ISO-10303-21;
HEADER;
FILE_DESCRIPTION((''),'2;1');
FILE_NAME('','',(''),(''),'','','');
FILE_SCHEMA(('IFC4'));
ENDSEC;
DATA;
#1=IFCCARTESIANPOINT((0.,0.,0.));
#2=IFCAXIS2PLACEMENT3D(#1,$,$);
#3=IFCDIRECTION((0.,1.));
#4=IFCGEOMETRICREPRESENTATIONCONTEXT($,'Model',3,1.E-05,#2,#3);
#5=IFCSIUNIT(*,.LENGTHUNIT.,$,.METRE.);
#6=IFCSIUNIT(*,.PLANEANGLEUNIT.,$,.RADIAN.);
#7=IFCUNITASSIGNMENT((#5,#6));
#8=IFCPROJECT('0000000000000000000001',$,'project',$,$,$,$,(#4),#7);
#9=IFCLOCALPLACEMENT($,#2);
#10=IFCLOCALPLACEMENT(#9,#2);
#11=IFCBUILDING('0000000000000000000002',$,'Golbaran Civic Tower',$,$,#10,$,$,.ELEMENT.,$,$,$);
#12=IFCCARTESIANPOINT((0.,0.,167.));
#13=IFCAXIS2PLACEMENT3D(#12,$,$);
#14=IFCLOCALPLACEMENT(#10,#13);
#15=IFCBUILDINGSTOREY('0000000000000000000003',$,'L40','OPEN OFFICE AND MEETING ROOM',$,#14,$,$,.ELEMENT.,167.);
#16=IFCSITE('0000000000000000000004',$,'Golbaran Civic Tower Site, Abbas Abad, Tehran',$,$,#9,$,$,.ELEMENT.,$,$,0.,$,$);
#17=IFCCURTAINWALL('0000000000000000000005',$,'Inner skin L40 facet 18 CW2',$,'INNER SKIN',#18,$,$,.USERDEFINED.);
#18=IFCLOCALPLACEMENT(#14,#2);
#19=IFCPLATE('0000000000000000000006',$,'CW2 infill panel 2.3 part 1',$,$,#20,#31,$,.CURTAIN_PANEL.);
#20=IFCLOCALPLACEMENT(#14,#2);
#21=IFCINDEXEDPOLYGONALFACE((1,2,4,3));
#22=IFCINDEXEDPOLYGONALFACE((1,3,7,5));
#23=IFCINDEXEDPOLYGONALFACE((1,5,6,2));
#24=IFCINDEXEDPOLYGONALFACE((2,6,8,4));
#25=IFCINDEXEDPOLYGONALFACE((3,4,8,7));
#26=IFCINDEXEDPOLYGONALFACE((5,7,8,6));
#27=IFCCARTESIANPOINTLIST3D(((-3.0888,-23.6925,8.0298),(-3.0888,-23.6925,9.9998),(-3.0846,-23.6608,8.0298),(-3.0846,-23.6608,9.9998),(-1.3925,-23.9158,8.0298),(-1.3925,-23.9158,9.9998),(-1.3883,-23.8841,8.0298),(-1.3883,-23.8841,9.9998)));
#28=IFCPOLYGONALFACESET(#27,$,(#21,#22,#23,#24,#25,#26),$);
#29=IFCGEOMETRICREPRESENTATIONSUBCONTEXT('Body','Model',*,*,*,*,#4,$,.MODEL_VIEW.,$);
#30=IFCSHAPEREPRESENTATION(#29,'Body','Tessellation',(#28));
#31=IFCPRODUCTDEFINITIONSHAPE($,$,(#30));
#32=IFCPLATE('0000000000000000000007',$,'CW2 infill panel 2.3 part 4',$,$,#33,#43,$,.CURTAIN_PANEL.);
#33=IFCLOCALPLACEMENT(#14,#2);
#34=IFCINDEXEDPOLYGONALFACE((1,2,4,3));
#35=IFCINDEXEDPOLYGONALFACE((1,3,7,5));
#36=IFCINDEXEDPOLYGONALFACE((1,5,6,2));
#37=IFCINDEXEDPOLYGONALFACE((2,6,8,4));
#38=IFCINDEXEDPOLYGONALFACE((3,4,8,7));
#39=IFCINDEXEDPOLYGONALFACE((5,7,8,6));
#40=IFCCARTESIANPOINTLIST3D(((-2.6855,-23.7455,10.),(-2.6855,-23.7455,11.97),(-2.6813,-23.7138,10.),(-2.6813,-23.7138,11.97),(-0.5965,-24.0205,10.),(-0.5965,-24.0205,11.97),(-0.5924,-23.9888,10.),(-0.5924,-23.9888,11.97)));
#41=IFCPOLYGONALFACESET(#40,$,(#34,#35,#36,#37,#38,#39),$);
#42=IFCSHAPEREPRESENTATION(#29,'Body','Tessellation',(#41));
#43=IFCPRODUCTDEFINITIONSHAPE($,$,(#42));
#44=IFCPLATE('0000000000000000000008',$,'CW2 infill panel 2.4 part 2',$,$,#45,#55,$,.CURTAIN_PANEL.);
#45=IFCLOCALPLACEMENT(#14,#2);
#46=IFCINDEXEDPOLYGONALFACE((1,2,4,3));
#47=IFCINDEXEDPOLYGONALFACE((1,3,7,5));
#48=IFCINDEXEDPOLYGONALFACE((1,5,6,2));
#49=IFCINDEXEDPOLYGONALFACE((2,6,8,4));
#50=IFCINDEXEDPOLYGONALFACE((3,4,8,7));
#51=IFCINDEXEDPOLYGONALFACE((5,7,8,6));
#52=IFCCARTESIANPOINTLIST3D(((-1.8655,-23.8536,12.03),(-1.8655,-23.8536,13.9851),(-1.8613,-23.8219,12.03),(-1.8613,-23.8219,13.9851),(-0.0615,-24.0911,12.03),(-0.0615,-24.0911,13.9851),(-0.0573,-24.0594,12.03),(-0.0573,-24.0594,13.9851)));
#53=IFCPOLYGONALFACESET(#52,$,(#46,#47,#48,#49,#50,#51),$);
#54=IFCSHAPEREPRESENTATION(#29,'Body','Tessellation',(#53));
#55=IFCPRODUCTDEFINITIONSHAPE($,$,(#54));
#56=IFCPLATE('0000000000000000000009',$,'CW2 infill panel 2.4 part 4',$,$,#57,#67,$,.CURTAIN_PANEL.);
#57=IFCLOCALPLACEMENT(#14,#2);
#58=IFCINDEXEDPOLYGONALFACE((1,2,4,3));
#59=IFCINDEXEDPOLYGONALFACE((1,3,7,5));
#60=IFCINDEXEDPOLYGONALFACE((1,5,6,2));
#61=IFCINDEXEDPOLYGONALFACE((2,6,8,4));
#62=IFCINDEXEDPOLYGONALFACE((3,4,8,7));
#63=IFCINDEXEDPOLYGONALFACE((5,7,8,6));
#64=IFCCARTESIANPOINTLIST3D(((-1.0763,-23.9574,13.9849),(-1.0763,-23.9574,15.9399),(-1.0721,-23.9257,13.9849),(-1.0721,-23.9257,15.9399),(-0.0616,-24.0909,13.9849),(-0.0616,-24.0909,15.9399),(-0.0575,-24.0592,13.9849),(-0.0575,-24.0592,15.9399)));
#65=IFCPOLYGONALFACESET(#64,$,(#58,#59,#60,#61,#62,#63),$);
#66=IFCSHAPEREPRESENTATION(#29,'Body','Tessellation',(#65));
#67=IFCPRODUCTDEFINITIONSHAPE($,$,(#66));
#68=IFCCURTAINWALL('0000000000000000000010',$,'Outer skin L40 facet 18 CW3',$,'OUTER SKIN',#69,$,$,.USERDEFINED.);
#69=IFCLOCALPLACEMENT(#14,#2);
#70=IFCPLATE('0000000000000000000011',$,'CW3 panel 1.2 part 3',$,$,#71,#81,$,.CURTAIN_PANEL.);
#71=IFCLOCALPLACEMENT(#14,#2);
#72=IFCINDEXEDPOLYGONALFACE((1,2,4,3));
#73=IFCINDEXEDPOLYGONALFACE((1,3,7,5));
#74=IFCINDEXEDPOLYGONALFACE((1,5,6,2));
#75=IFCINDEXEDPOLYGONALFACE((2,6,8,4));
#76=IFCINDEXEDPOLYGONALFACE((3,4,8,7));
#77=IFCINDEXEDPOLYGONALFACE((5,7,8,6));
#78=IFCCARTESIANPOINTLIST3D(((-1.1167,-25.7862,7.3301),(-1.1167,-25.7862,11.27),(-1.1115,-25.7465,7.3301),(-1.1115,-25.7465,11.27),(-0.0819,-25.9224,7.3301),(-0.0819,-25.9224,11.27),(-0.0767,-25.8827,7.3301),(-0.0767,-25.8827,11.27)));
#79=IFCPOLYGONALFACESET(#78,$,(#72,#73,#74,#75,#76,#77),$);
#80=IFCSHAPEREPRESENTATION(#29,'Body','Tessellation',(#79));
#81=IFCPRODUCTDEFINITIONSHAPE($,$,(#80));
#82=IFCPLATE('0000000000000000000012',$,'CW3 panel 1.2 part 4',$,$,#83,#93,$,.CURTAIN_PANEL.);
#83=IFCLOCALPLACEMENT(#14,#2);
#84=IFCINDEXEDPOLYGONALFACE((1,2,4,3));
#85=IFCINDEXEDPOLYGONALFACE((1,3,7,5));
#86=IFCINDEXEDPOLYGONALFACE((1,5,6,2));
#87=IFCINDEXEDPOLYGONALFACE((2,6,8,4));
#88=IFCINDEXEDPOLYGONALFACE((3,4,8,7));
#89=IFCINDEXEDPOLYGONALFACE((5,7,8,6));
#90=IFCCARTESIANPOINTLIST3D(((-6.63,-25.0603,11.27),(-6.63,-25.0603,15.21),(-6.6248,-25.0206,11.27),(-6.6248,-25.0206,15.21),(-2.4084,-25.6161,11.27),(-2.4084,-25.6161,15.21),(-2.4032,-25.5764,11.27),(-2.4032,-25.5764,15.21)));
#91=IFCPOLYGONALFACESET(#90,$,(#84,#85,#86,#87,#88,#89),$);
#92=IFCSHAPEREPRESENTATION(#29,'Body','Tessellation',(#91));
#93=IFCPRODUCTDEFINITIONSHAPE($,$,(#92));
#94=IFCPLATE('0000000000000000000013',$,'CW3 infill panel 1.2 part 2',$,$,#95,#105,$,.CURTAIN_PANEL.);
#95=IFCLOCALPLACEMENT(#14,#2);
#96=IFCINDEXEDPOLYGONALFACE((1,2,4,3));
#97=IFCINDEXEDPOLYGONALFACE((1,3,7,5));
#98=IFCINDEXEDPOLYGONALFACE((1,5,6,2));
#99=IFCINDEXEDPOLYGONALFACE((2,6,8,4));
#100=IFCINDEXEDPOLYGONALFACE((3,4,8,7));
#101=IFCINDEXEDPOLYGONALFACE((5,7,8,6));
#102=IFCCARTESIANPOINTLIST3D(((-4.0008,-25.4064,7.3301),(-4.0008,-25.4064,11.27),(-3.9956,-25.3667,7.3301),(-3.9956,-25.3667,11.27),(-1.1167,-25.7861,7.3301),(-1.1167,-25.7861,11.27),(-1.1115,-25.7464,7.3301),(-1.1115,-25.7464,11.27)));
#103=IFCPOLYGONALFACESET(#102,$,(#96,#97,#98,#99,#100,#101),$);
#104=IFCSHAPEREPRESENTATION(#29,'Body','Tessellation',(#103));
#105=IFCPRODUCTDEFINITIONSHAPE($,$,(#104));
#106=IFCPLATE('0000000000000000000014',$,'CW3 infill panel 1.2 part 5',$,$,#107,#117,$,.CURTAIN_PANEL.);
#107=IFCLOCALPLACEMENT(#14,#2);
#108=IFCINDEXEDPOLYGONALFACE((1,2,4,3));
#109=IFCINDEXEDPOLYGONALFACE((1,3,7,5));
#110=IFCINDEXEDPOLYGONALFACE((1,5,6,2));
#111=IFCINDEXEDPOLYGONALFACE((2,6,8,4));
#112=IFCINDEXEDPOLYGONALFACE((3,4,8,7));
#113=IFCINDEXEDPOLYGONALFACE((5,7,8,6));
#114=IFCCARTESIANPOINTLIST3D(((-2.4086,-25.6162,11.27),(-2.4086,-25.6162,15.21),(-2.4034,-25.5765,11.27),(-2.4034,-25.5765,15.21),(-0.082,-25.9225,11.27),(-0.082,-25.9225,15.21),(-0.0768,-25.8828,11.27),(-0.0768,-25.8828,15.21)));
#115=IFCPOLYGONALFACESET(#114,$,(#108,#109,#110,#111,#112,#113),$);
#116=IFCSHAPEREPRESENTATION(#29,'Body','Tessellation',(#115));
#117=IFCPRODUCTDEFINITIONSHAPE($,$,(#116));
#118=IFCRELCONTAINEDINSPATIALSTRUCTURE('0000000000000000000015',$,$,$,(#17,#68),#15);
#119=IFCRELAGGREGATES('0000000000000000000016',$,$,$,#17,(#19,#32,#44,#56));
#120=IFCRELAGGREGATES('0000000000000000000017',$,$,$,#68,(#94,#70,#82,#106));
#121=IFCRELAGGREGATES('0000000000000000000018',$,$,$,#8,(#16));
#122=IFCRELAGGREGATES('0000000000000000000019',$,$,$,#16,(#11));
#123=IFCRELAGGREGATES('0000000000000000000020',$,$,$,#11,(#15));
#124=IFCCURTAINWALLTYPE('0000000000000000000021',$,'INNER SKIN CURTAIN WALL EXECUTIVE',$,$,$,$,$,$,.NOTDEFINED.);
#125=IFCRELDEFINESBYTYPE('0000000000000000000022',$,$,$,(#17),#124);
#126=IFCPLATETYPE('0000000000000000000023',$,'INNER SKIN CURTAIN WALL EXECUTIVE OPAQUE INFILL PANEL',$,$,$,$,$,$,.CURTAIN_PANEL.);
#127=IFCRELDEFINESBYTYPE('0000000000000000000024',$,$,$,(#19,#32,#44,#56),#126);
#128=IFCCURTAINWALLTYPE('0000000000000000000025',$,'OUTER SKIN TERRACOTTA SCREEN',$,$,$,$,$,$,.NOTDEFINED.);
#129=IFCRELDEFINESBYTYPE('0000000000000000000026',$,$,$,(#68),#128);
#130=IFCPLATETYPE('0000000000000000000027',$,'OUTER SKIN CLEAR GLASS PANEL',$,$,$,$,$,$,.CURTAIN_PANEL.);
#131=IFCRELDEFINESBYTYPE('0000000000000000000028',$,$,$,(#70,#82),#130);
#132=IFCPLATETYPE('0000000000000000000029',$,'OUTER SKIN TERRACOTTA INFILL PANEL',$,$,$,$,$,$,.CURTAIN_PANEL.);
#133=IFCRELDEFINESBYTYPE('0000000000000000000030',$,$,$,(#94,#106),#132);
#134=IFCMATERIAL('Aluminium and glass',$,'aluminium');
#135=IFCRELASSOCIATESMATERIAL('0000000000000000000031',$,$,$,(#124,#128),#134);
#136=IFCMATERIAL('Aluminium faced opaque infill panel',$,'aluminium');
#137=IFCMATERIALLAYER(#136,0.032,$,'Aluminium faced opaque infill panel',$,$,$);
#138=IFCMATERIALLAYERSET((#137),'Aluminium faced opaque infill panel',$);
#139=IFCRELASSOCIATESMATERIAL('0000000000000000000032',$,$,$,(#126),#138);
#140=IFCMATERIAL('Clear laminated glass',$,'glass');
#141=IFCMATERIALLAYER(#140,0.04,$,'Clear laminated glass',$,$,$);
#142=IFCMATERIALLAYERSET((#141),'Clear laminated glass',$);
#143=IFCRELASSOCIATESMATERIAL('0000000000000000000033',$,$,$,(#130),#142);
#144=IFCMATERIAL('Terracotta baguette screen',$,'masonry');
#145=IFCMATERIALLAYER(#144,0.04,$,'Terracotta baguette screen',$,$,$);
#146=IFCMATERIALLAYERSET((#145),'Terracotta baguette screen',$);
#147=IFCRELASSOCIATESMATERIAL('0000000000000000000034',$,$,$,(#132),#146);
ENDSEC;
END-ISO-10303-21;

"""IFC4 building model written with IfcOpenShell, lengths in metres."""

from ifc_helpers import new_model, si_unit, direction, frame, origin, origin_2d, place, context, subcontext, project, spatial, rectangle, extrude, material, layer, layer_set, type_object, element, aggregate, save


model = new_model("IFC4")

# Units and contexts
model_context = context("Model", 3, precision=1e-05, world=origin(), true_north=direction((0.0, 1.0)))
body_context = subcontext(model_context, "Body", "Model", "MODEL_VIEW")
ifc_project = project(units=[si_unit("LENGTHUNIT", "METRE"), si_unit("PLANEANGLEUNIT", "RADIAN")], contexts=[model_context])

# Site, building, storey
site_placement = place(None, origin())
site = spatial("IfcSite", under=ifc_project, at=site_placement, Name="Golbaran Civic Tower Site, Abbas Abad, Tehran", CompositionType="ELEMENT", RefElevation=0.0)
building_placement = place(site_placement, origin())
building = spatial("IfcBuilding", under=site, at=building_placement, Name="Golbaran Civic Tower", CompositionType="ELEMENT")
storey_placement = place(building_placement, frame((0.0, 0.0, 167.0)))
storey = spatial("IfcBuildingStorey", under=building, at=storey_placement, Name="L40", Description="OPEN OFFICE AND MEETING ROOM", CompositionType="ELEMENT", Elevation=167.0)

# Curtain wall, plates
ifc_material_1 = material(Name="Aluminium and glass", Category="aluminium")
curtain_wall_type_1 = type_object("IfcCurtainWallType", Name="INNER SKIN CURTAIN WALL EXECUTIVE", PredefinedType="NOTDEFINED", material=ifc_material_1)
curtain_wall_1_placement = place(storey_placement, origin())
curtain_wall_1 = element("IfcCurtainWall", 1, at=curtain_wall_1_placement, inside=storey, type_object=curtain_wall_type_1, Name="Inner skin L40 facet 18 CW2", ObjectType="INNER SKIN", PredefinedType="USERDEFINED")
ifc_material_2 = material(Name="Aluminium faced opaque infill panel", Category="aluminium")
ifc_layer_1 = layer(ifc_material_2, 0.032, Name="Aluminium faced opaque infill panel")
ifc_layer_set_1 = layer_set([ifc_layer_1], Name="Aluminium faced opaque infill panel")
plate_type_1 = type_object("IfcPlateType", Name="INNER SKIN CURTAIN WALL EXECUTIVE OPAQUE INFILL PANEL", PredefinedType="CURTAIN_PANEL", material=ifc_layer_set_1)
plate_1_placement = place(storey_placement, frame((-2.2385, -23.7883, 8.0298), z_axis=(0.0, 0.0, 1.0), x_axis=(0.991445, -0.130526, 0.0)))
plate_1 = element("IfcPlate", 2, at=plate_1_placement, type_object=plate_type_1, Name="CW2 infill panel 2.3 part 1", PredefinedType="CURTAIN_PANEL", context=body_context, shape_type="SweptSolid", body=[
    extrude(rectangle(XDim=1.7109, YDim=0.032, at=origin_2d()), origin(), (0.0, 0.0, 1.0), 1.97),
])
plate_2_placement = place(storey_placement, frame((-1.6389, -23.8672, 10.0), z_axis=(0.0, 0.0, 1.0), x_axis=(0.991445, -0.130526, 0.0)))
plate_2 = element("IfcPlate", 3, at=plate_2_placement, type_object=plate_type_1, Name="CW2 infill panel 2.3 part 4", PredefinedType="CURTAIN_PANEL", context=body_context, shape_type="SweptSolid", body=[
    extrude(rectangle(XDim=2.1069, YDim=0.032, at=origin_2d()), origin(), (0.0, 0.0, 1.0), 1.97),
])
plate_3_placement = place(storey_placement, frame((-0.9614, -23.9565, 12.03), z_axis=(0.0, 0.0, 1.0), x_axis=(0.991445, -0.130526, 0.0)))
plate_3 = element("IfcPlate", 4, at=plate_3_placement, type_object=plate_type_1, Name="CW2 infill panel 2.4 part 2", PredefinedType="CURTAIN_PANEL", context=body_context, shape_type="SweptSolid", body=[
    extrude(rectangle(XDim=1.8196, YDim=0.032, at=origin_2d()), origin(), (0.0, 0.0, 1.0), 1.9551),
])
plate_4_placement = place(storey_placement, frame((-0.5669, -24.0083, 13.9849), z_axis=(0.0, 0.0, 1.0), x_axis=(0.991445, -0.130526, 0.0)))
plate_4 = element("IfcPlate", 5, at=plate_4_placement, type_object=plate_type_1, Name="CW2 infill panel 2.4 part 4", PredefinedType="CURTAIN_PANEL", context=body_context, shape_type="SweptSolid", body=[
    extrude(rectangle(XDim=1.0234, YDim=0.032, at=origin_2d()), origin(), (0.0, 0.0, 1.0), 1.9551),
])
aggregate(curtain_wall_1, [plate_1, plate_2, plate_3, plate_4])

# Curtain wall, plates
curtain_wall_type_2 = type_object("IfcCurtainWallType", Name="OUTER SKIN TERRACOTTA SCREEN", PredefinedType="NOTDEFINED", material=ifc_material_1)
curtain_wall_2_placement = place(storey_placement, origin())
curtain_wall_2 = element("IfcCurtainWall", 6, at=curtain_wall_2_placement, inside=storey, type_object=curtain_wall_type_2, Name="Outer skin L40 facet 18 CW3", ObjectType="OUTER SKIN", PredefinedType="USERDEFINED")
ifc_material_3 = material(Name="Clear laminated glass", Category="glass")
ifc_layer_2 = layer(ifc_material_3, 0.04, Name="Clear laminated glass")
ifc_layer_set_2 = layer_set([ifc_layer_2], Name="Clear laminated glass")
plate_type_2 = type_object("IfcPlateType", Name="OUTER SKIN CLEAR GLASS PANEL", PredefinedType="CURTAIN_PANEL", material=ifc_layer_set_2)
plate_5_placement = place(storey_placement, frame((-0.5967, -25.8345, 7.3301), z_axis=(0.0, 0.0, 1.0), x_axis=(0.991445, -0.130526, 0.0)))
plate_5 = element("IfcPlate", 7, at=plate_5_placement, type_object=plate_type_2, Name="CW3 panel 1.2 part 3", PredefinedType="CURTAIN_PANEL", context=body_context, shape_type="SweptSolid", body=[
    extrude(rectangle(XDim=1.0437, YDim=0.04, at=origin_2d()), origin(), (0.0, 0.0, 1.0), 3.9399),
])
plate_6_placement = place(storey_placement, frame((-4.5166, -25.3184, 11.27), z_axis=(0.0, 0.0, 1.0), x_axis=(0.991445, -0.130526, 0.0)))
plate_6 = element("IfcPlate", 8, at=plate_6_placement, type_object=plate_type_2, Name="CW3 panel 1.2 part 4", PredefinedType="CURTAIN_PANEL", context=body_context, shape_type="SweptSolid", body=[
    extrude(rectangle(XDim=4.2581, YDim=0.04, at=origin_2d()), origin(), (0.0, 0.0, 1.0), 3.9399),
])
ifc_material_4 = material(Name="Terracotta baguette screen", Category="masonry")
ifc_layer_3 = layer(ifc_material_4, 0.04, Name="Terracotta baguette screen")
ifc_layer_set_3 = layer_set([ifc_layer_3], Name="Terracotta baguette screen")
plate_type_3 = type_object("IfcPlateType", Name="OUTER SKIN TERRACOTTA INFILL PANEL", PredefinedType="CURTAIN_PANEL", material=ifc_layer_set_3)
plate_7_placement = place(storey_placement, frame((-2.5562, -25.5764, 7.3301), z_axis=(0.0, 0.0, 1.0), x_axis=(0.991445, -0.130526, 0.0)))
plate_7 = element("IfcPlate", 9, at=plate_7_placement, type_object=plate_type_3, Name="CW3 infill panel 1.2 part 2", PredefinedType="CURTAIN_PANEL", context=body_context, shape_type="SweptSolid", body=[
    extrude(rectangle(XDim=2.9089, YDim=0.04, at=origin_2d()), origin(), (0.0, 0.0, 1.0), 3.9399),
])
plate_8_placement = place(storey_placement, frame((-1.2427, -25.7495, 11.27), z_axis=(0.0, 0.0, 1.0), x_axis=(0.991445, -0.130526, 0.0)))
plate_8 = element("IfcPlate", 10, at=plate_8_placement, type_object=plate_type_3, Name="CW3 infill panel 1.2 part 5", PredefinedType="CURTAIN_PANEL", context=body_context, shape_type="SweptSolid", body=[
    extrude(rectangle(XDim=2.3467, YDim=0.04, at=origin_2d()), origin(), (0.0, 0.0, 1.0), 3.9399),
])
aggregate(curtain_wall_2, [plate_7, plate_5, plate_6, plate_8])

save(model, "model.ifc")
